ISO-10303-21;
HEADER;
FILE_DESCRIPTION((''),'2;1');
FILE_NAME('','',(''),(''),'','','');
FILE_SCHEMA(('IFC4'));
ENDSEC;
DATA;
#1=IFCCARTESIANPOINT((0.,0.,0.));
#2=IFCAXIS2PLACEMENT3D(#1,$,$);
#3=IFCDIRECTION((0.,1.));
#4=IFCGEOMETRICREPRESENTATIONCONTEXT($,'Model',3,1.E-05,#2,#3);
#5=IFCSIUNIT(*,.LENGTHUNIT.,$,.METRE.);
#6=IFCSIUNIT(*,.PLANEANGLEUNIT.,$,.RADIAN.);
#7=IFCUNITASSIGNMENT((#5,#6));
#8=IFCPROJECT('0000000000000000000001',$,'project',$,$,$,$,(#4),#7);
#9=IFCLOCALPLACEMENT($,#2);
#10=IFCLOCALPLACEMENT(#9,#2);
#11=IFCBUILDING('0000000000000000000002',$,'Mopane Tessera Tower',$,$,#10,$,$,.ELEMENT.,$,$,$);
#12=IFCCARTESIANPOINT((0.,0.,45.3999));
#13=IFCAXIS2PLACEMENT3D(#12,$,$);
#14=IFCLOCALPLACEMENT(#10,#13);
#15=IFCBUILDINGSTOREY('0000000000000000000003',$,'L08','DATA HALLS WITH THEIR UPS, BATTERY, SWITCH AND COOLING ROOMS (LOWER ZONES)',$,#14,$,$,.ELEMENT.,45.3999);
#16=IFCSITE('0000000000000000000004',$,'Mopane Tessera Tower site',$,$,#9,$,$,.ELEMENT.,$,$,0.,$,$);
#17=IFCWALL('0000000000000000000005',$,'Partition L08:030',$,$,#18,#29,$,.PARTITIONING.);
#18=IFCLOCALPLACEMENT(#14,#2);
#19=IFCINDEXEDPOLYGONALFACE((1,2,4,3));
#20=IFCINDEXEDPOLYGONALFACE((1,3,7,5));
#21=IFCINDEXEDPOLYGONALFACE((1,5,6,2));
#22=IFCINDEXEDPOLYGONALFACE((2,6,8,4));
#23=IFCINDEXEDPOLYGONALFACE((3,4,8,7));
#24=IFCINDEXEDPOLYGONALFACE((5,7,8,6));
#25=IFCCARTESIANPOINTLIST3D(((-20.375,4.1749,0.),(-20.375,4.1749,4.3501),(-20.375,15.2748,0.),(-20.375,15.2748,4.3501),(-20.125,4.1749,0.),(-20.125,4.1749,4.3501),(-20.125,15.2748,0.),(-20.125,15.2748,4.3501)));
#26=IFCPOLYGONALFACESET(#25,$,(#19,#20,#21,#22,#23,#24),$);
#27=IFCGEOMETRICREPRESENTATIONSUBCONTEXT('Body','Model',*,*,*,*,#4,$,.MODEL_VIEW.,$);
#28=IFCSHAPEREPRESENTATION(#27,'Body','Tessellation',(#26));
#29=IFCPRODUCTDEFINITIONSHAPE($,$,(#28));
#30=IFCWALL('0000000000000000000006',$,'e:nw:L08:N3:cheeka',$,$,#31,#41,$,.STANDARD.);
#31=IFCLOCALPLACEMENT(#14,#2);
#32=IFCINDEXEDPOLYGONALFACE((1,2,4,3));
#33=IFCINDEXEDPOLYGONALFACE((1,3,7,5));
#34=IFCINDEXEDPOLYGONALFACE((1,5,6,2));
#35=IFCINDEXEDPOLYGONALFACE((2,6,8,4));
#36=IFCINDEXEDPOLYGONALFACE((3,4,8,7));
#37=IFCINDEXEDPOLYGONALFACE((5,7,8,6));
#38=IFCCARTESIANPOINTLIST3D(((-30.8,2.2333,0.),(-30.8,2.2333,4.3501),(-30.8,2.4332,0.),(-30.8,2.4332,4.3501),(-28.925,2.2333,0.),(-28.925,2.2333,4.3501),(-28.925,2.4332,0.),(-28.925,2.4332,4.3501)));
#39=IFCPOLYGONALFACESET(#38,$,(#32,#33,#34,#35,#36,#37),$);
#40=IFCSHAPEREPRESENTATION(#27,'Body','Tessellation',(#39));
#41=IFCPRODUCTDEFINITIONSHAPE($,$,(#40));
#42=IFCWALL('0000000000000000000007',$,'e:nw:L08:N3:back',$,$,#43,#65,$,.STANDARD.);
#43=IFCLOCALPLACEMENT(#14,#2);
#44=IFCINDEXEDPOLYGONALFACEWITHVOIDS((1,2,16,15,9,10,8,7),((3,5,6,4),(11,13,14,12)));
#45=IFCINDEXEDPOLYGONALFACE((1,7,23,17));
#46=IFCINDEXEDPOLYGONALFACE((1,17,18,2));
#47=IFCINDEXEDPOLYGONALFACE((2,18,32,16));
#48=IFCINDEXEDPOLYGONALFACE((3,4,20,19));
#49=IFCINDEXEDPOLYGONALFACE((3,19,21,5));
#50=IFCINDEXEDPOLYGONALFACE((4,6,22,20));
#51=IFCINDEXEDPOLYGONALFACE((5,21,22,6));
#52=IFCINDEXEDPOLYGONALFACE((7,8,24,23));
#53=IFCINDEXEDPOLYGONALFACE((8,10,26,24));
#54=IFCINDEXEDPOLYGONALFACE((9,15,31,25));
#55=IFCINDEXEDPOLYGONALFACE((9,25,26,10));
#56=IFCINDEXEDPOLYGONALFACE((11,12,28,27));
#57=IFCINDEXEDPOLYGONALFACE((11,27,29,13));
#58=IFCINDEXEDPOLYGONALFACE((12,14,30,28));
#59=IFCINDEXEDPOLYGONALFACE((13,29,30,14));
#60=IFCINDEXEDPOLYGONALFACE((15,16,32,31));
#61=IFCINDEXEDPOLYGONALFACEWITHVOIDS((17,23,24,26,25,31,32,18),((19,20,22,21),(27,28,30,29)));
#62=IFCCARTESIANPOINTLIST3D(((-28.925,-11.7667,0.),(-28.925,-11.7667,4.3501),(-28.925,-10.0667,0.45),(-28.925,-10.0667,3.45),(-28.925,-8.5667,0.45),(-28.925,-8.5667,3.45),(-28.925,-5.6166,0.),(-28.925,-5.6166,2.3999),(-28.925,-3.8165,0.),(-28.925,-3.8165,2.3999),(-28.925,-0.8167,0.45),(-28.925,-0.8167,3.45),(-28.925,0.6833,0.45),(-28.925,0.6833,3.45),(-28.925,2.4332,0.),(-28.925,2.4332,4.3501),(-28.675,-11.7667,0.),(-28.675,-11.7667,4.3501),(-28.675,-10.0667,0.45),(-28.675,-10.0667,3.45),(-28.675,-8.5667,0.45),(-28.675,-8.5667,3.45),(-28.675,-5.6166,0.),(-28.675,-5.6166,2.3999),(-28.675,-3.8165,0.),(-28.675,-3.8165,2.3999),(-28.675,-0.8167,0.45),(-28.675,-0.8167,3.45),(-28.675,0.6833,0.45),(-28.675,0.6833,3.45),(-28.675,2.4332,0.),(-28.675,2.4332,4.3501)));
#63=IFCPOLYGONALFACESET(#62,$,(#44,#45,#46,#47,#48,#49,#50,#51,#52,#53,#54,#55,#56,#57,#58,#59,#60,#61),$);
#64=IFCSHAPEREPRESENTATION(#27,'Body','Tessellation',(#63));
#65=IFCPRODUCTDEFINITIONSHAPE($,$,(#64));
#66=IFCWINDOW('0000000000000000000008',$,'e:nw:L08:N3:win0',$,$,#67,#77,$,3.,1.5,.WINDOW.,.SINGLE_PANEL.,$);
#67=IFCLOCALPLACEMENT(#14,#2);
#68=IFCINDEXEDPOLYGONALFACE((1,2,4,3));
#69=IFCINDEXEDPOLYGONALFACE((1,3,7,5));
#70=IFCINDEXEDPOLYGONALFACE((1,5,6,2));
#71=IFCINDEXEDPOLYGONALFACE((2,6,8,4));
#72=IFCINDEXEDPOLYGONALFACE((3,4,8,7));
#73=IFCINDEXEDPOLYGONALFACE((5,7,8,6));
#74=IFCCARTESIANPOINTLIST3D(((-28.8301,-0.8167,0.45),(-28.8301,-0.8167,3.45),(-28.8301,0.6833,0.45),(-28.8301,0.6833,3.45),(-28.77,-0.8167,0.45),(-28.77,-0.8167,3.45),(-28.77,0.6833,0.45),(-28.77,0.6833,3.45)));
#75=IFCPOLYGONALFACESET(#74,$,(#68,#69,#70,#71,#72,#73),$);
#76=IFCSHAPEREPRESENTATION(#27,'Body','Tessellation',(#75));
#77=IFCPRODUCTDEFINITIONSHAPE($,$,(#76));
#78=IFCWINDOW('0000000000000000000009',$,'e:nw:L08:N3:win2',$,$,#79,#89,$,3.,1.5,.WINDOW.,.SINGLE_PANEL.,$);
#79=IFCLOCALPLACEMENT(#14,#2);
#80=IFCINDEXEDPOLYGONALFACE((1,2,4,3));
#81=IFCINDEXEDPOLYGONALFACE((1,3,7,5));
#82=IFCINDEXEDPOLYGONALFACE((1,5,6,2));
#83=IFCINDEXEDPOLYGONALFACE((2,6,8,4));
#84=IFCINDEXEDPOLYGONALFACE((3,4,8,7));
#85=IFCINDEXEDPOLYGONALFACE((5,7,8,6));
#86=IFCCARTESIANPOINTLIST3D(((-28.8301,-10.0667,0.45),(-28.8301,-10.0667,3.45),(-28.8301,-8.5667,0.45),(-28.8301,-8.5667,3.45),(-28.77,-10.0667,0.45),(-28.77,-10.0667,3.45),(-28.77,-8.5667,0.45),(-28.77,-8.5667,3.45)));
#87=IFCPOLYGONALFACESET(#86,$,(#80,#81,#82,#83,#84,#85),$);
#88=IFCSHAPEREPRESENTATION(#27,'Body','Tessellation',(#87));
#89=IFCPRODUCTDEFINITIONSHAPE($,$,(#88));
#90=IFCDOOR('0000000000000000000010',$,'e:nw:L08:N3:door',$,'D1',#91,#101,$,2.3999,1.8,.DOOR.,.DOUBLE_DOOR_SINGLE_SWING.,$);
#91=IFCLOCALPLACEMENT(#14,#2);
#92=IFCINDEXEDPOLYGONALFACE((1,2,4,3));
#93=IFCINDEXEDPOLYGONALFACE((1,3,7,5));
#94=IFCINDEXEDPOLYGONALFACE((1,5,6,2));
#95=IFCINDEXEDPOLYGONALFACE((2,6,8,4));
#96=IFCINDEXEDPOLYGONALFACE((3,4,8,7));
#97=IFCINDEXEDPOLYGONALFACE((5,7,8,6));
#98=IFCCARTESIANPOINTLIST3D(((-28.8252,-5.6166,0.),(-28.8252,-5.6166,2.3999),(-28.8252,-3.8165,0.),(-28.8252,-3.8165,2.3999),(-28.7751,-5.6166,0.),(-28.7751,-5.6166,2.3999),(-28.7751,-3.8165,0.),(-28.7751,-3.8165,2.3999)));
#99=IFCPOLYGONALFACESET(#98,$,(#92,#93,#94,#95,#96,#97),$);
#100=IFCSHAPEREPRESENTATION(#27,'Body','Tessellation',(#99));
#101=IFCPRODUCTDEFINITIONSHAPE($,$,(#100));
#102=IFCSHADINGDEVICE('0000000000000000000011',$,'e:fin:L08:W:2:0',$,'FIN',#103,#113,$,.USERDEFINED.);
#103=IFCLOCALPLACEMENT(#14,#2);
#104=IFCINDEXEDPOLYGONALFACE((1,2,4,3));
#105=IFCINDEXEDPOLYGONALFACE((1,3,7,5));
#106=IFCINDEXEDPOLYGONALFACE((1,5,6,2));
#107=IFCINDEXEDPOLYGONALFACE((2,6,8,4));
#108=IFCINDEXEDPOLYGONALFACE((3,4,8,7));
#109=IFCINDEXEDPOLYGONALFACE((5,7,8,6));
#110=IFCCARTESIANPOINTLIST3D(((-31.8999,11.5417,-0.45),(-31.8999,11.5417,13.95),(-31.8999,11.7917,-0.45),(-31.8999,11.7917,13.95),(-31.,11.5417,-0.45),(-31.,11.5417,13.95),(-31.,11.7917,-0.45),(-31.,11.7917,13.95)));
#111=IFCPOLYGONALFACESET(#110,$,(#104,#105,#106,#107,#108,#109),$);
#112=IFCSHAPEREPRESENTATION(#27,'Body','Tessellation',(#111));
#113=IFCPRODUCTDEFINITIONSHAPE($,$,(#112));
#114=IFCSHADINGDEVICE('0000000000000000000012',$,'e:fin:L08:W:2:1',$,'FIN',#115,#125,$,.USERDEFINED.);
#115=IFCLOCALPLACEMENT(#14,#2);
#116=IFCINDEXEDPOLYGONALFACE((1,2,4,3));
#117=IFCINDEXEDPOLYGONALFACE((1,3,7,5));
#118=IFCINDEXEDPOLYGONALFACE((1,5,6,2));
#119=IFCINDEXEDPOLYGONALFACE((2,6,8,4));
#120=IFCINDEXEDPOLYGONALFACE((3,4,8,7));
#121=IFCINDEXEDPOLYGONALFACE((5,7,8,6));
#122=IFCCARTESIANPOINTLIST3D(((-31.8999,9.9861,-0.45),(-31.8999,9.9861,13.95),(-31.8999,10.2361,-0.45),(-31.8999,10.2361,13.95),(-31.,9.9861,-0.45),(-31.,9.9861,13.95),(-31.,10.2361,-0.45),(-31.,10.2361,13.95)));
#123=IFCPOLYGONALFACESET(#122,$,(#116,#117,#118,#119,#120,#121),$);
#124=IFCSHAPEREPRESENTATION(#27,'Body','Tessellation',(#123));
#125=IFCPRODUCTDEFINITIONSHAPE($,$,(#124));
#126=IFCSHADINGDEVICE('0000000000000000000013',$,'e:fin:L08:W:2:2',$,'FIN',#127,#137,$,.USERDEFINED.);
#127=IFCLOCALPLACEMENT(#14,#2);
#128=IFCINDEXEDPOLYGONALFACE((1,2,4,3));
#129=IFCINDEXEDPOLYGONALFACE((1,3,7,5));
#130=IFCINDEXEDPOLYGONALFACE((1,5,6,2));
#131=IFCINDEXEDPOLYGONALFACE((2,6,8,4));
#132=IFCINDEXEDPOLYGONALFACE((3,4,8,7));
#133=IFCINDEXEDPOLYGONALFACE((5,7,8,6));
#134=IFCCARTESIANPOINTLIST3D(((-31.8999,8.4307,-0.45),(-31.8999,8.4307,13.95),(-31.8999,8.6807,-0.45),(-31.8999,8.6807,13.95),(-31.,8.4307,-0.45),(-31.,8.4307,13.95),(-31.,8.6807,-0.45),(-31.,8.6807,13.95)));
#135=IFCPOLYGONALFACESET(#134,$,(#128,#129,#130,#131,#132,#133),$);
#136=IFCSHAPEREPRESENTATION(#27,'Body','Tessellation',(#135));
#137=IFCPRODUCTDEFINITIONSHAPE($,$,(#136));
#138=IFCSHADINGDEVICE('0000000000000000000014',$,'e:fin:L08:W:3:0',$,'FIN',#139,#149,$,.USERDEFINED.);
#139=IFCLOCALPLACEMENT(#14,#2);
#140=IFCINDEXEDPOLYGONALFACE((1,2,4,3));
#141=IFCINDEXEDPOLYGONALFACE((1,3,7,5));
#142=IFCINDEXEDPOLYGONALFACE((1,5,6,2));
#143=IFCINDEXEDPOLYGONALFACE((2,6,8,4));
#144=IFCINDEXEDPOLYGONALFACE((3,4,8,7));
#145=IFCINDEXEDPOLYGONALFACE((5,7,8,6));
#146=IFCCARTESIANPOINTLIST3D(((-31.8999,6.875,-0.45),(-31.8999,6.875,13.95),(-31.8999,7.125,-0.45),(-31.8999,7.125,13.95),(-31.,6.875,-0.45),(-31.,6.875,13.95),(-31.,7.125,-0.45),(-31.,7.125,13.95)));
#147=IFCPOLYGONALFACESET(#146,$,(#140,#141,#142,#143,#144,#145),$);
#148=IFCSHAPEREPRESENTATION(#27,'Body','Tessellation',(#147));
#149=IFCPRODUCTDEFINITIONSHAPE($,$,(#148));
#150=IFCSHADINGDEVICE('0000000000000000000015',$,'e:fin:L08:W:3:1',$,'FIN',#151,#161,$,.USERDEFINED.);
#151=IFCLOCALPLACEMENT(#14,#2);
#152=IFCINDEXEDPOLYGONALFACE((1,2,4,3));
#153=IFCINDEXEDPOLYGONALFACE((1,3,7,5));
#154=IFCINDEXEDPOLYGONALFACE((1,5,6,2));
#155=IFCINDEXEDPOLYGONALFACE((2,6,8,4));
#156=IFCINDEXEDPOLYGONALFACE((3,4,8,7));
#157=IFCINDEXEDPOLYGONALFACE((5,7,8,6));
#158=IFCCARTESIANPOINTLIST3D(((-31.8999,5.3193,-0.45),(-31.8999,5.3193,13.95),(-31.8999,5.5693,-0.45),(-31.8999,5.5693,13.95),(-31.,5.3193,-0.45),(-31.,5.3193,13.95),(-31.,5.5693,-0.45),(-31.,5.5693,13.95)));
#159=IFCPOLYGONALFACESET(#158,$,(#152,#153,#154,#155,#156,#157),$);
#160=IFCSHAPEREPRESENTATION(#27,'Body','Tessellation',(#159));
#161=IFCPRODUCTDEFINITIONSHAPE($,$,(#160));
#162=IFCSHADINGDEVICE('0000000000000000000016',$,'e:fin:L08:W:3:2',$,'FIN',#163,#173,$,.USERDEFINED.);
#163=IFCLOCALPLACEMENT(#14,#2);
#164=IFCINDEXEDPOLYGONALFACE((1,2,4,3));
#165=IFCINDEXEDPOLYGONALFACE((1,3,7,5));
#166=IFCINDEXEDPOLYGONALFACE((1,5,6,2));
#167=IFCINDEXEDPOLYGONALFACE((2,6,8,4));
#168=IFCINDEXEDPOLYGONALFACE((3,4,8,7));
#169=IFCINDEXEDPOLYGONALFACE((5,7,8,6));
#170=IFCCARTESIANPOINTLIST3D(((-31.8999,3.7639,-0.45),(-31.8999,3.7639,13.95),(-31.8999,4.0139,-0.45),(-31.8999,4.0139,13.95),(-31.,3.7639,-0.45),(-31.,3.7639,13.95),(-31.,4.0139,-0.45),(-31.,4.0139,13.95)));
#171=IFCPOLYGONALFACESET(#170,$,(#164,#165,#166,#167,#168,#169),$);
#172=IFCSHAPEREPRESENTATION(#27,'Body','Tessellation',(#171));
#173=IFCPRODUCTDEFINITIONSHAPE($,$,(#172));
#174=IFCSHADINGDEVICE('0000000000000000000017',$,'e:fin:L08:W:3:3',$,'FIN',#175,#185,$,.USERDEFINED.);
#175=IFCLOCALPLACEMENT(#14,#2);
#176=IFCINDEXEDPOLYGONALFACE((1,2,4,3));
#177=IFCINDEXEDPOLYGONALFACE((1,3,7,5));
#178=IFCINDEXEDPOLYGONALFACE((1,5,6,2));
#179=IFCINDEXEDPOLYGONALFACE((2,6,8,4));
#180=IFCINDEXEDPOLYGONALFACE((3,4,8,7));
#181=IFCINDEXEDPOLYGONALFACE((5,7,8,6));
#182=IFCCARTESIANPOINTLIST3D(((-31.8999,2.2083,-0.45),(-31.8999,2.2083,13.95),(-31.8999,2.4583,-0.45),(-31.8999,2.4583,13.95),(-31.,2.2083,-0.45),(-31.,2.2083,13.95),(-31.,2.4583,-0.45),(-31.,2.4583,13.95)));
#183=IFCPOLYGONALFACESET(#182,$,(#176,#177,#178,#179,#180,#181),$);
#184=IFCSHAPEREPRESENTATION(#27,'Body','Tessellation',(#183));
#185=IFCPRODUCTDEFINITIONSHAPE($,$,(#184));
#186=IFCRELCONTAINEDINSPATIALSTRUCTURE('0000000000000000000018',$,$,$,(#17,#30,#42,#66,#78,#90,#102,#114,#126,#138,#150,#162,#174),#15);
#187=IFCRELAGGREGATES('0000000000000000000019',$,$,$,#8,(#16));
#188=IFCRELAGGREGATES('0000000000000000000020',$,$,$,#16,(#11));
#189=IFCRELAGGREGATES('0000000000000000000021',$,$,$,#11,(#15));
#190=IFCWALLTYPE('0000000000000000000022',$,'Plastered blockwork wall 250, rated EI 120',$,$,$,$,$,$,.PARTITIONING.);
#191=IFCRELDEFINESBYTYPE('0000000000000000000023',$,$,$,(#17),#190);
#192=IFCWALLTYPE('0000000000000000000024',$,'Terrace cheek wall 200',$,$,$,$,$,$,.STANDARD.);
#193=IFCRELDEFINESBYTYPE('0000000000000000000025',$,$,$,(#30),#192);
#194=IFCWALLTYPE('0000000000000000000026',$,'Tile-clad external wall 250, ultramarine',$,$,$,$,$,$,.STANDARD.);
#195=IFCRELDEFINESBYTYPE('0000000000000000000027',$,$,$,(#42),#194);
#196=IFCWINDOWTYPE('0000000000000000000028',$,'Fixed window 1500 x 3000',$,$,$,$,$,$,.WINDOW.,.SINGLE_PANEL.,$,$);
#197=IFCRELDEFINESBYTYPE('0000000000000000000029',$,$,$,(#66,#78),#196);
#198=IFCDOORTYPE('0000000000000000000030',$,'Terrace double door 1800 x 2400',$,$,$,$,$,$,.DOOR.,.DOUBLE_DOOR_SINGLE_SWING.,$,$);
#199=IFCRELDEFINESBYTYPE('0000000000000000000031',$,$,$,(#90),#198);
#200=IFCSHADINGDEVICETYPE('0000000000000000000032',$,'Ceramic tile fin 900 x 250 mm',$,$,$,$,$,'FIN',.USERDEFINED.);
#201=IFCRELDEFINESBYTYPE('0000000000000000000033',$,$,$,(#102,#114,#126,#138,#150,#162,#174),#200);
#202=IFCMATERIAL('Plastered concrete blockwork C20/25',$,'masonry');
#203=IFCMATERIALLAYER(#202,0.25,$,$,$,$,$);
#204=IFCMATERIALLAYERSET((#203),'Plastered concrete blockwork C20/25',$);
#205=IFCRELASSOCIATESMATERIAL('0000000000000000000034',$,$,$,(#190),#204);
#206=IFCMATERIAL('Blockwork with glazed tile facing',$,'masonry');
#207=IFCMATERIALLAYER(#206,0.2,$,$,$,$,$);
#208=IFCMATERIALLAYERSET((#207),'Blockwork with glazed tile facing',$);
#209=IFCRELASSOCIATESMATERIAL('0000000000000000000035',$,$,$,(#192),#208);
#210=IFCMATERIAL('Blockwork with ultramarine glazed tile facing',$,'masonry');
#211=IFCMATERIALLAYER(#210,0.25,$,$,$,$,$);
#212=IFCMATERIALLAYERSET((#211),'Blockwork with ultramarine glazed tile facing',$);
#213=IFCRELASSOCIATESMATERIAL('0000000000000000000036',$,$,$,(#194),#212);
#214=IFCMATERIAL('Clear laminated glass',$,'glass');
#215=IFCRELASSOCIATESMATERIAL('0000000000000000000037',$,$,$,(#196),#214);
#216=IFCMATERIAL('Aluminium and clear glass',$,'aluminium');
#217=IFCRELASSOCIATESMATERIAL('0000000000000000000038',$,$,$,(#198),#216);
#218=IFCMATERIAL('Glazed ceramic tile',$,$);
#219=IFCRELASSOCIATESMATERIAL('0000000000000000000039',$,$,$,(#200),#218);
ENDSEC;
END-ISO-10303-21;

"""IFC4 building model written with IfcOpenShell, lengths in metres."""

from ifc_helpers import new_model, si_unit, direction, frame, frame_2d, origin, origin_2d, place, context, subcontext, project, spatial, rectangle, extrude, material, layer, layer_set, type_object, element, fill, save


model = new_model("IFC4")

# Units and contexts
model_context = context("Model", 3, precision=1e-05, world=origin(), true_north=direction((0.0, 1.0)))
body_context = subcontext(model_context, "Body", "Model", "MODEL_VIEW")
ifc_project = project(units=[si_unit("LENGTHUNIT", "METRE"), si_unit("PLANEANGLEUNIT", "RADIAN")], contexts=[model_context])

# Site, building, storey
site_placement = place(None, origin())
site = spatial("IfcSite", under=ifc_project, at=site_placement, Name="Mopane Tessera Tower site", CompositionType="ELEMENT", RefElevation=0.0)
building_placement = place(site_placement, origin())
building = spatial("IfcBuilding", under=site, at=building_placement, Name="Mopane Tessera Tower", CompositionType="ELEMENT")
storey_placement = place(building_placement, frame((0.0, 0.0, 45.3999)))
storey = spatial("IfcBuildingStorey", under=building, at=storey_placement, Name="L08", Description="DATA HALLS WITH THEIR UPS, BATTERY, SWITCH AND COOLING ROOMS (LOWER ZONES)", CompositionType="ELEMENT", Elevation=45.3999)

# Walls
ifc_material_1 = material(Name="Plastered concrete blockwork C20/25", Category="masonry")
ifc_layer_1 = layer(ifc_material_1, 0.25)
ifc_layer_set_1 = layer_set([ifc_layer_1], Name="Plastered concrete blockwork C20/25")
wall_type_1 = type_object("IfcWallType", Name="Plastered blockwork wall 250, rated EI 120", PredefinedType="PARTITIONING", material=ifc_layer_set_1)
wall_1_placement = place(storey_placement, frame((-20.25, 4.175, 0.0), z_axis=(0.0, 0.0, 1.0), x_axis=(0.0, 1.0, 0.0)))
element("IfcWall", 1, at=wall_1_placement, inside=storey, type_object=wall_type_1, Name="Partition L08:030", PredefinedType="PARTITIONING", context=body_context, shape_type="SweptSolid", body=[
    extrude(rectangle(XDim=11.0999, YDim=0.25, at=frame_2d((5.5498, 0.0))), origin(), (0.0, 0.0, 1.0), 4.3501),
])
ifc_material_2 = material(Name="Blockwork with glazed tile facing", Category="masonry")
ifc_layer_2 = layer(ifc_material_2, 0.2)
ifc_layer_set_2 = layer_set([ifc_layer_2], Name="Blockwork with glazed tile facing")
wall_type_2 = type_object("IfcWallType", Name="Terrace cheek wall 200", PredefinedType="STANDARD", material=ifc_layer_set_2)
wall_2_placement = place(storey_placement, frame((-30.8, 2.3333, 0.0), z_axis=(0.0, 0.0, 1.0), x_axis=(1.0, 0.0, 0.0)))
element("IfcWall", 2, at=wall_2_placement, inside=storey, type_object=wall_type_2, Name="e:nw:L08:N3:cheeka", PredefinedType="STANDARD", context=body_context, shape_type="SweptSolid", body=[
    extrude(rectangle(XDim=1.875, YDim=0.2, at=frame_2d((0.9375, 0.0))), origin(), (0.0, 0.0, 1.0), 4.3501),
])

# Wall, openings, windows, door
ifc_material_3 = material(Name="Blockwork with ultramarine glazed tile facing", Category="masonry")
ifc_layer_3 = layer(ifc_material_3, 0.25)
ifc_layer_set_3 = layer_set([ifc_layer_3], Name="Blockwork with ultramarine glazed tile facing")
wall_type_3 = type_object("IfcWallType", Name="Tile-clad external wall 250, ultramarine", PredefinedType="STANDARD", material=ifc_layer_set_3)
wall_3_placement = place(storey_placement, frame((-28.8, 2.4333, 0.0), z_axis=(0.0, 0.0, 1.0), x_axis=(0.0, -1.0, 0.0)))
wall_3 = element("IfcWall", 3, at=wall_3_placement, inside=storey, type_object=wall_type_3, Name="e:nw:L08:N3:back", PredefinedType="STANDARD", context=body_context, shape_type="SweptSolid", body=[
    extrude(rectangle(XDim=14.2, YDim=0.25, at=frame_2d((7.1001, 0.0))), origin(), (0.0, 0.0, 1.0), 4.3501),
])
opening_1_placement = place(wall_3_placement, frame((1.75, 0.0, 0.45)))
opening_1 = element("IfcOpeningElement", 4, at=opening_1_placement, cuts=wall_3, PredefinedType="OPENING", context=body_context, shape_type="SweptSolid", body=[
    extrude(rectangle(XDim=1.5, YDim=3.0, at=frame_2d((0.75, 1.5))), frame((0.0, 0.137, 0.0), z_axis=(0.0, -1.0, 0.0), x_axis=(1.0, 0.0, 0.0)), (0.0, 0.0, 1.0), 0.2739),
])
opening_2_placement = place(wall_3_placement, frame((6.25, 0.0, 0.0)))
opening_2 = element("IfcOpeningElement", 5, at=opening_2_placement, cuts=wall_3, PredefinedType="OPENING", context=body_context, shape_type="SweptSolid", body=[
    extrude(rectangle(XDim=1.8, YDim=2.3999, at=frame_2d((0.8999, 1.2))), frame((0.0, 0.137, 0.0), z_axis=(0.0, -1.0, 0.0), x_axis=(1.0, 0.0, 0.0)), (0.0, 0.0, 1.0), 0.2739),
])
opening_3_placement = place(wall_3_placement, frame((11.0, 0.0, 0.45)))
opening_3 = element("IfcOpeningElement", 6, at=opening_3_placement, cuts=wall_3, PredefinedType="OPENING", context=body_context, shape_type="SweptSolid", body=[
    extrude(rectangle(XDim=1.5, YDim=3.0, at=frame_2d((0.75, 1.5))), frame((0.0, 0.137, 0.0), z_axis=(0.0, -1.0, 0.0), x_axis=(1.0, 0.0, 0.0)), (0.0, 0.0, 1.0), 0.2739),
])
ifc_material_4 = material(Name="Clear laminated glass", Category="glass")
window_type = type_object("IfcWindowType", Name="Fixed window 1500 x 3000", PartitioningType="SINGLE_PANEL", PredefinedType="WINDOW", material=ifc_material_4)
window_1_placement = place(opening_1_placement, origin())
window_1 = element("IfcWindow", 7, at=window_1_placement, inside=storey, type_object=window_type, Name="e:nw:L08:N3:win0", OverallHeight=3.0, OverallWidth=1.5, PartitioningType="SINGLE_PANEL", PredefinedType="WINDOW", context=body_context, shape_type="SweptSolid", body=[
    extrude(rectangle(XDim=1.5, YDim=3.0, at=frame_2d((0.75, 1.5))), frame((0.0, 0.03, 0.0), z_axis=(0.0, -1.0, 0.0), x_axis=(1.0, 0.0, 0.0)), (0.0, 0.0, 1.0), 0.0601),
])
fill(opening_1, window_1)
window_2_placement = place(opening_3_placement, origin())
window_2 = element("IfcWindow", 8, at=window_2_placement, inside=storey, type_object=window_type, Name="e:nw:L08:N3:win2", OverallHeight=3.0, OverallWidth=1.5, PartitioningType="SINGLE_PANEL", PredefinedType="WINDOW", context=body_context, shape_type="SweptSolid", body=[
    extrude(rectangle(XDim=1.5, YDim=3.0, at=frame_2d((0.75, 1.5))), frame((0.0, 0.03, 0.0), z_axis=(0.0, -1.0, 0.0), x_axis=(1.0, 0.0, 0.0)), (0.0, 0.0, 1.0), 0.0601),
])
fill(opening_3, window_2)
ifc_material_5 = material(Name="Aluminium and clear glass", Category="aluminium")
door_type = type_object("IfcDoorType", Name="Terrace double door 1800 x 2400", OperationType="DOUBLE_DOOR_SINGLE_SWING", PredefinedType="DOOR", material=ifc_material_5)
door_placement = place(opening_2_placement, origin())
door = element("IfcDoor", 9, at=door_placement, inside=storey, type_object=door_type, Name="e:nw:L08:N3:door", ObjectType="D1", OperationType="DOUBLE_DOOR_SINGLE_SWING", OverallHeight=2.3999, OverallWidth=1.8, PredefinedType="DOOR", context=body_context, shape_type="SweptSolid", body=[
    extrude(rectangle(XDim=1.8, YDim=2.3999, at=frame_2d((0.8999, 1.2))), frame((0.0, 0.0249, 0.0), z_axis=(0.0, -1.0, 0.0), x_axis=(1.0, 0.0, 0.0)), (0.0, 0.0, 1.0), 0.05),
])
fill(opening_2, door)

# Shading devices
ifc_material_6 = material(Name="Glazed ceramic tile")
shading_device_type = type_object("IfcShadingDeviceType", Name="Ceramic tile fin 900 x 250 mm", ElementType="FIN", PredefinedType="USERDEFINED", material=ifc_material_6)
for number, where, z_axis, x_axis, name in (
    (10, (-31.45, 11.6667, -0.45), (0.0, 0.0, 1.0), (0.0, -1.0, 0.0), "e:fin:L08:W:2:0"),
    (11, (-31.45, 10.1111, -0.45), (0.0, 0.0, 1.0), (0.0, -1.0, 0.0), "e:fin:L08:W:2:1"),
    (12, (-31.45, 8.5557, -0.45), (0.0, 0.0, 1.0), (0.0, -1.0, 0.0), "e:fin:L08:W:2:2"),
    (13, (-31.45, 7.0, -0.45), (0.0, 0.0, 1.0), (0.0, -1.0, 0.0), "e:fin:L08:W:3:0"),
    (14, (-31.45, 5.4443, -0.45), (0.0, 0.0, 1.0), (0.0, -1.0, 0.0), "e:fin:L08:W:3:1"),
    (15, (-31.45, 3.8889, -0.45), (0.0, 0.0, 1.0), (0.0, -1.0, 0.0), "e:fin:L08:W:3:2"),
    (16, (-31.45, 2.3333, -0.45), (0.0, 0.0, 1.0), (0.0, -1.0, 0.0), "e:fin:L08:W:3:3"),
):
    element("IfcShadingDevice", number, at=place(storey_placement, frame(where, z_axis=z_axis, x_axis=x_axis)), inside=storey, type_object=shading_device_type, Name=name, ObjectType="FIN", PredefinedType="USERDEFINED", context=body_context, shape_type="SweptSolid", body=[
        extrude(rectangle(XDim=0.25, YDim=0.8999, at=origin_2d()), origin(), (0.0, 0.0, 1.0), 14.3999),
    ])

save(model, "model.ifc")
